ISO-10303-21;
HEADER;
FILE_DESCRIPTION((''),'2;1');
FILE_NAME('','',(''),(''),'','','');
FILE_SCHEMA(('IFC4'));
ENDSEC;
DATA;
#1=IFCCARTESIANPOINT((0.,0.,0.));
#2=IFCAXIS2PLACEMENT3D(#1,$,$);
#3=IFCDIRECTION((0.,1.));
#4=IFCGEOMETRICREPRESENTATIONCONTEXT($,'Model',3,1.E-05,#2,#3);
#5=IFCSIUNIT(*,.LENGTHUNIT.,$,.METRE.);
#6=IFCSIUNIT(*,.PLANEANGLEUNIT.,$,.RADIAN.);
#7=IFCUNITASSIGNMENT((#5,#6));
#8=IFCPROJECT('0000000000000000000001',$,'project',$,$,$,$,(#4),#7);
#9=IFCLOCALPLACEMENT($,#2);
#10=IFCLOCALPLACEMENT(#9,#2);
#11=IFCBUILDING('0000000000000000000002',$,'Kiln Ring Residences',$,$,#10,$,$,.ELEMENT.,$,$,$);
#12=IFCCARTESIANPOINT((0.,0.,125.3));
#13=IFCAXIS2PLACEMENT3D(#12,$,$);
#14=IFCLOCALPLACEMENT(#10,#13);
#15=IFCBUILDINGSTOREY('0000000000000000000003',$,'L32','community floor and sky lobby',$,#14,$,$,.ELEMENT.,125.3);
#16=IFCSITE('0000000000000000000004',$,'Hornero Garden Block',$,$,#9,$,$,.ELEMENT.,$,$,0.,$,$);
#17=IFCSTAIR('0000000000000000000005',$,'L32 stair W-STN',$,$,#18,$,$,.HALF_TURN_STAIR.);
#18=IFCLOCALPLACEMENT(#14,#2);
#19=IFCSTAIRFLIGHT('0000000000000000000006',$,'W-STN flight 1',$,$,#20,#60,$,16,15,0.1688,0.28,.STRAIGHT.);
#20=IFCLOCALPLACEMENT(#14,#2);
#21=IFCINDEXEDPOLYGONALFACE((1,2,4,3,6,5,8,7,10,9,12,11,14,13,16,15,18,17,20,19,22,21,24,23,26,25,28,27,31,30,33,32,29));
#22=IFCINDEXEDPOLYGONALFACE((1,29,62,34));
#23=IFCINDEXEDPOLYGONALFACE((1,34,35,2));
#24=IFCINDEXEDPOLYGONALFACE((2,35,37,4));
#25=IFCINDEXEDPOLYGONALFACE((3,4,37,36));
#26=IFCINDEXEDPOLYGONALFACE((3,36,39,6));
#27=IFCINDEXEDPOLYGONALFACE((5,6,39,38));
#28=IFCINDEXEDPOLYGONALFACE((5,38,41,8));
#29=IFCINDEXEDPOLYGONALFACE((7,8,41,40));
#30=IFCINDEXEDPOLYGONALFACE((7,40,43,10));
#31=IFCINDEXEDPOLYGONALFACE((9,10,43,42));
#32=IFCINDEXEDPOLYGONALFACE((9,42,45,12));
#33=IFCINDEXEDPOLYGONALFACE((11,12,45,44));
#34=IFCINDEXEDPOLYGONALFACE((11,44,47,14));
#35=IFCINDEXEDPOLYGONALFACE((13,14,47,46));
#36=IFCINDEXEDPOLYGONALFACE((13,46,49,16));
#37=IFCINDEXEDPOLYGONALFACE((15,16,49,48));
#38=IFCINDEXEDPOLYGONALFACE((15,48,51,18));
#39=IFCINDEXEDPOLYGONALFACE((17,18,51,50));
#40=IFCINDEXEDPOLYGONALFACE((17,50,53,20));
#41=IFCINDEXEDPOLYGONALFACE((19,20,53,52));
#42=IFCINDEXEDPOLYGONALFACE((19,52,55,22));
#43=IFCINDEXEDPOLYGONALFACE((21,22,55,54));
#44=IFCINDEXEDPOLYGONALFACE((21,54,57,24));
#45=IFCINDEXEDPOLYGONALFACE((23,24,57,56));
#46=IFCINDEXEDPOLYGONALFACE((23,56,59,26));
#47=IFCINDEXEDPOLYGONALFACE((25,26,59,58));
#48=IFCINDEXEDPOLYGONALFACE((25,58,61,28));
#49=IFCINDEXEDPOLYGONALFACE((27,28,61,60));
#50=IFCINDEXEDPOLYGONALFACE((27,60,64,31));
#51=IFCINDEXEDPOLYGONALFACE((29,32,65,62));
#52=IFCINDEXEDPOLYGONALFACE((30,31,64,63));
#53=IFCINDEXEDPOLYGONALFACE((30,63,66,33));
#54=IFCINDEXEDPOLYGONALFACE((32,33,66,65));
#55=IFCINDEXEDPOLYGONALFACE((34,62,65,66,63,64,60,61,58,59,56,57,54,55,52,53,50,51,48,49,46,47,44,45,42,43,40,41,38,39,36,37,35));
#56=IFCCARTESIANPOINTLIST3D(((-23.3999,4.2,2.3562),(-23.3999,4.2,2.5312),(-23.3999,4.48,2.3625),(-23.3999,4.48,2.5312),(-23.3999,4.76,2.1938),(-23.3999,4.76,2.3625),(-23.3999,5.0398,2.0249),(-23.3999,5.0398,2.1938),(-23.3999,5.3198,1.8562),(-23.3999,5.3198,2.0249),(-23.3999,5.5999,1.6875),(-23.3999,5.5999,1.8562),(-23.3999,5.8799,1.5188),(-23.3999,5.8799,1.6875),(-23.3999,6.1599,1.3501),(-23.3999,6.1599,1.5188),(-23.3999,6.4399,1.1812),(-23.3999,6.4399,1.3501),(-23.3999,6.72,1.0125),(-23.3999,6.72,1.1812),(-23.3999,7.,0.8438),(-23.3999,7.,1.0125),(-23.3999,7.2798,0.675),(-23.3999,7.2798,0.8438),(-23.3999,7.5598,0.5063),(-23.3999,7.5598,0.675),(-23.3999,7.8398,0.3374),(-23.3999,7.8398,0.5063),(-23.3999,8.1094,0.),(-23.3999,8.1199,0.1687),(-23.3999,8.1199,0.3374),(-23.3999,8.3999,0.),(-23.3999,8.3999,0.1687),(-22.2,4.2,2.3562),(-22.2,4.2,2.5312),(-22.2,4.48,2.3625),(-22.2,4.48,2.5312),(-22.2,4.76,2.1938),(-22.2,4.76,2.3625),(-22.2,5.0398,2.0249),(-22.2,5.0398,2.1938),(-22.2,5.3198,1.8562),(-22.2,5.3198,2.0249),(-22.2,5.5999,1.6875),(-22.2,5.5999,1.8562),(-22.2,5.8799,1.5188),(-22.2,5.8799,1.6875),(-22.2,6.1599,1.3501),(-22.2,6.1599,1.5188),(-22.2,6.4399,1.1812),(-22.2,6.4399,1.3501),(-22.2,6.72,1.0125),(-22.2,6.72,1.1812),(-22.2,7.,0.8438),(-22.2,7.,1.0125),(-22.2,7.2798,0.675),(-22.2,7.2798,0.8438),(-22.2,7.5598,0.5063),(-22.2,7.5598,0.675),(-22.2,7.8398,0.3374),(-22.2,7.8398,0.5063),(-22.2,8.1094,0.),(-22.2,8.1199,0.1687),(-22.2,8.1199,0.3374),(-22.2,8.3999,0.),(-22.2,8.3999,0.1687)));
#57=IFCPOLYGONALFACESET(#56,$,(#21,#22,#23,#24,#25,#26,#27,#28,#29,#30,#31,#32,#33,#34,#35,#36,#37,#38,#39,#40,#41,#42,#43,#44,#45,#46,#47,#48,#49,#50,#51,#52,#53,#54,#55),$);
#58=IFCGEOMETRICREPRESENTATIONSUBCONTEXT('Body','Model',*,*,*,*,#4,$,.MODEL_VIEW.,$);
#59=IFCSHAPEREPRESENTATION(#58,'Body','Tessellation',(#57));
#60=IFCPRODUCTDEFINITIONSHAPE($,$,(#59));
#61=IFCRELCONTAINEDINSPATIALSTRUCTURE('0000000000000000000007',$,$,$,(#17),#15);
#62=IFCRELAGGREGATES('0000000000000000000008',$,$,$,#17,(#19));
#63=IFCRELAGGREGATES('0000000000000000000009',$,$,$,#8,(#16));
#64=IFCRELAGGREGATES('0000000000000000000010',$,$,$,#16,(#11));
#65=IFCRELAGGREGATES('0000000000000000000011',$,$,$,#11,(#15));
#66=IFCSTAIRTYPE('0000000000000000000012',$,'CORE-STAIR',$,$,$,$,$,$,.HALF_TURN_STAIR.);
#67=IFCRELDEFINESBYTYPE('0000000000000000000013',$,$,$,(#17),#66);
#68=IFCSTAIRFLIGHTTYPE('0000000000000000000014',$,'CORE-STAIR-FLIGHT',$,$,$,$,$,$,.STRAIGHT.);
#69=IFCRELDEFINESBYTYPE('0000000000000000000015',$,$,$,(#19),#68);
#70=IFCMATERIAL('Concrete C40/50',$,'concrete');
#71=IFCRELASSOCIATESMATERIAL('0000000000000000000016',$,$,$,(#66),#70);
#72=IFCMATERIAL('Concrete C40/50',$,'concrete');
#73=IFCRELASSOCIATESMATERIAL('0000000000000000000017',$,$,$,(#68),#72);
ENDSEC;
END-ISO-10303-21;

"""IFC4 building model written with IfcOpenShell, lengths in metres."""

from ifc_helpers import new_model, si_unit, direction, frame, origin, place, context, subcontext, project, spatial, polyline, outline, extrude, material, type_object, element, aggregate, save


model = new_model("IFC4")

# Units and contexts
model_context = context("Model", 3, precision=1e-05, world=origin(), true_north=direction((0.0, 1.0)))
body_context = subcontext(model_context, "Body", "Model", "MODEL_VIEW")
ifc_project = project(units=[si_unit("LENGTHUNIT", "METRE"), si_unit("PLANEANGLEUNIT", "RADIAN")], contexts=[model_context])

# Site, building, storey
site_placement = place(None, origin())
site = spatial("IfcSite", under=ifc_project, at=site_placement, Name="Hornero Garden Block", CompositionType="ELEMENT", RefElevation=0.0)
building_placement = place(site_placement, origin())
building = spatial("IfcBuilding", under=site, at=building_placement, Name="Kiln Ring Residences", CompositionType="ELEMENT")
storey_placement = place(building_placement, frame((0.0, 0.0, 125.3)))
storey = spatial("IfcBuildingStorey", under=building, at=storey_placement, Name="L32", Description="community floor and sky lobby", CompositionType="ELEMENT", Elevation=125.3)

# Shared definitions
placement = place(storey_placement, origin())

# Stair, stair flight
ifc_material_1 = material(Name="Concrete C40/50", Category="concrete")
stair_type = type_object("IfcStairType", Name="CORE-STAIR", PredefinedType="HALF_TURN_STAIR", material=ifc_material_1)
stair = element("IfcStair", 1, at=placement, inside=storey, type_object=stair_type, Name="L32 stair W-STN", PredefinedType="HALF_TURN_STAIR")
ifc_material_2 = material(Name="Concrete C40/50", Category="concrete")
stair_flight_type = type_object("IfcStairFlightType", Name="CORE-STAIR-FLIGHT", PredefinedType="STRAIGHT", material=ifc_material_2)
stair_flight_placement = place(storey_placement, frame((-22.8, 8.3999, 0.0), z_axis=(0.0, 0.0, 1.0), x_axis=(0.0, -1.0, 0.0)))
stair_flight = element("IfcStairFlight", 2, at=stair_flight_placement, type_object=stair_flight_type, Name="W-STN flight 1", NumberOfRisers=16, NumberOfTreads=15, PredefinedType="STRAIGHT", RiserHeight=0.1688, TreadLength=0.28, context=body_context, shape_type="SweptSolid", body=[
    extrude(outline(polyline([(0.0, 0.0), (0.0, 0.1687), (0.28, 0.1687), (0.28, 0.3374), (0.5601, 0.3374), (0.5601, 0.5063), (0.8401, 0.5063), (0.8401, 0.675), (1.1201, 0.675), (1.1201, 0.8438), (1.3999, 0.8438), (1.3999, 1.0125), (1.6799, 1.0125), (1.6799, 1.1812), (1.96, 1.1812), (1.96, 1.3501), (2.24, 1.3501), (2.24, 1.5188), (2.52, 1.5188), (2.52, 1.6875), (2.8, 1.6875), (2.8, 1.8562), (3.0801, 1.8562), (3.0801, 2.0249), (3.3601, 2.0249), (3.3601, 2.1938), (3.6399, 2.1938), (3.6399, 2.3625), (3.9199, 2.3625), (3.9199, 2.5312), (4.2, 2.5312), (4.2, 2.7), (4.2, 2.3562), (0.2905, 0.0), (0.0, 0.0)])), frame((0.0, 0.6001, 0.0), z_axis=(0.0, -1.0, 0.0), x_axis=(1.0, 0.0, 0.0)), (0.0, 0.0, 1.0), 1.2),
])
aggregate(stair, [stair_flight])

save(model, "model.ifc")
